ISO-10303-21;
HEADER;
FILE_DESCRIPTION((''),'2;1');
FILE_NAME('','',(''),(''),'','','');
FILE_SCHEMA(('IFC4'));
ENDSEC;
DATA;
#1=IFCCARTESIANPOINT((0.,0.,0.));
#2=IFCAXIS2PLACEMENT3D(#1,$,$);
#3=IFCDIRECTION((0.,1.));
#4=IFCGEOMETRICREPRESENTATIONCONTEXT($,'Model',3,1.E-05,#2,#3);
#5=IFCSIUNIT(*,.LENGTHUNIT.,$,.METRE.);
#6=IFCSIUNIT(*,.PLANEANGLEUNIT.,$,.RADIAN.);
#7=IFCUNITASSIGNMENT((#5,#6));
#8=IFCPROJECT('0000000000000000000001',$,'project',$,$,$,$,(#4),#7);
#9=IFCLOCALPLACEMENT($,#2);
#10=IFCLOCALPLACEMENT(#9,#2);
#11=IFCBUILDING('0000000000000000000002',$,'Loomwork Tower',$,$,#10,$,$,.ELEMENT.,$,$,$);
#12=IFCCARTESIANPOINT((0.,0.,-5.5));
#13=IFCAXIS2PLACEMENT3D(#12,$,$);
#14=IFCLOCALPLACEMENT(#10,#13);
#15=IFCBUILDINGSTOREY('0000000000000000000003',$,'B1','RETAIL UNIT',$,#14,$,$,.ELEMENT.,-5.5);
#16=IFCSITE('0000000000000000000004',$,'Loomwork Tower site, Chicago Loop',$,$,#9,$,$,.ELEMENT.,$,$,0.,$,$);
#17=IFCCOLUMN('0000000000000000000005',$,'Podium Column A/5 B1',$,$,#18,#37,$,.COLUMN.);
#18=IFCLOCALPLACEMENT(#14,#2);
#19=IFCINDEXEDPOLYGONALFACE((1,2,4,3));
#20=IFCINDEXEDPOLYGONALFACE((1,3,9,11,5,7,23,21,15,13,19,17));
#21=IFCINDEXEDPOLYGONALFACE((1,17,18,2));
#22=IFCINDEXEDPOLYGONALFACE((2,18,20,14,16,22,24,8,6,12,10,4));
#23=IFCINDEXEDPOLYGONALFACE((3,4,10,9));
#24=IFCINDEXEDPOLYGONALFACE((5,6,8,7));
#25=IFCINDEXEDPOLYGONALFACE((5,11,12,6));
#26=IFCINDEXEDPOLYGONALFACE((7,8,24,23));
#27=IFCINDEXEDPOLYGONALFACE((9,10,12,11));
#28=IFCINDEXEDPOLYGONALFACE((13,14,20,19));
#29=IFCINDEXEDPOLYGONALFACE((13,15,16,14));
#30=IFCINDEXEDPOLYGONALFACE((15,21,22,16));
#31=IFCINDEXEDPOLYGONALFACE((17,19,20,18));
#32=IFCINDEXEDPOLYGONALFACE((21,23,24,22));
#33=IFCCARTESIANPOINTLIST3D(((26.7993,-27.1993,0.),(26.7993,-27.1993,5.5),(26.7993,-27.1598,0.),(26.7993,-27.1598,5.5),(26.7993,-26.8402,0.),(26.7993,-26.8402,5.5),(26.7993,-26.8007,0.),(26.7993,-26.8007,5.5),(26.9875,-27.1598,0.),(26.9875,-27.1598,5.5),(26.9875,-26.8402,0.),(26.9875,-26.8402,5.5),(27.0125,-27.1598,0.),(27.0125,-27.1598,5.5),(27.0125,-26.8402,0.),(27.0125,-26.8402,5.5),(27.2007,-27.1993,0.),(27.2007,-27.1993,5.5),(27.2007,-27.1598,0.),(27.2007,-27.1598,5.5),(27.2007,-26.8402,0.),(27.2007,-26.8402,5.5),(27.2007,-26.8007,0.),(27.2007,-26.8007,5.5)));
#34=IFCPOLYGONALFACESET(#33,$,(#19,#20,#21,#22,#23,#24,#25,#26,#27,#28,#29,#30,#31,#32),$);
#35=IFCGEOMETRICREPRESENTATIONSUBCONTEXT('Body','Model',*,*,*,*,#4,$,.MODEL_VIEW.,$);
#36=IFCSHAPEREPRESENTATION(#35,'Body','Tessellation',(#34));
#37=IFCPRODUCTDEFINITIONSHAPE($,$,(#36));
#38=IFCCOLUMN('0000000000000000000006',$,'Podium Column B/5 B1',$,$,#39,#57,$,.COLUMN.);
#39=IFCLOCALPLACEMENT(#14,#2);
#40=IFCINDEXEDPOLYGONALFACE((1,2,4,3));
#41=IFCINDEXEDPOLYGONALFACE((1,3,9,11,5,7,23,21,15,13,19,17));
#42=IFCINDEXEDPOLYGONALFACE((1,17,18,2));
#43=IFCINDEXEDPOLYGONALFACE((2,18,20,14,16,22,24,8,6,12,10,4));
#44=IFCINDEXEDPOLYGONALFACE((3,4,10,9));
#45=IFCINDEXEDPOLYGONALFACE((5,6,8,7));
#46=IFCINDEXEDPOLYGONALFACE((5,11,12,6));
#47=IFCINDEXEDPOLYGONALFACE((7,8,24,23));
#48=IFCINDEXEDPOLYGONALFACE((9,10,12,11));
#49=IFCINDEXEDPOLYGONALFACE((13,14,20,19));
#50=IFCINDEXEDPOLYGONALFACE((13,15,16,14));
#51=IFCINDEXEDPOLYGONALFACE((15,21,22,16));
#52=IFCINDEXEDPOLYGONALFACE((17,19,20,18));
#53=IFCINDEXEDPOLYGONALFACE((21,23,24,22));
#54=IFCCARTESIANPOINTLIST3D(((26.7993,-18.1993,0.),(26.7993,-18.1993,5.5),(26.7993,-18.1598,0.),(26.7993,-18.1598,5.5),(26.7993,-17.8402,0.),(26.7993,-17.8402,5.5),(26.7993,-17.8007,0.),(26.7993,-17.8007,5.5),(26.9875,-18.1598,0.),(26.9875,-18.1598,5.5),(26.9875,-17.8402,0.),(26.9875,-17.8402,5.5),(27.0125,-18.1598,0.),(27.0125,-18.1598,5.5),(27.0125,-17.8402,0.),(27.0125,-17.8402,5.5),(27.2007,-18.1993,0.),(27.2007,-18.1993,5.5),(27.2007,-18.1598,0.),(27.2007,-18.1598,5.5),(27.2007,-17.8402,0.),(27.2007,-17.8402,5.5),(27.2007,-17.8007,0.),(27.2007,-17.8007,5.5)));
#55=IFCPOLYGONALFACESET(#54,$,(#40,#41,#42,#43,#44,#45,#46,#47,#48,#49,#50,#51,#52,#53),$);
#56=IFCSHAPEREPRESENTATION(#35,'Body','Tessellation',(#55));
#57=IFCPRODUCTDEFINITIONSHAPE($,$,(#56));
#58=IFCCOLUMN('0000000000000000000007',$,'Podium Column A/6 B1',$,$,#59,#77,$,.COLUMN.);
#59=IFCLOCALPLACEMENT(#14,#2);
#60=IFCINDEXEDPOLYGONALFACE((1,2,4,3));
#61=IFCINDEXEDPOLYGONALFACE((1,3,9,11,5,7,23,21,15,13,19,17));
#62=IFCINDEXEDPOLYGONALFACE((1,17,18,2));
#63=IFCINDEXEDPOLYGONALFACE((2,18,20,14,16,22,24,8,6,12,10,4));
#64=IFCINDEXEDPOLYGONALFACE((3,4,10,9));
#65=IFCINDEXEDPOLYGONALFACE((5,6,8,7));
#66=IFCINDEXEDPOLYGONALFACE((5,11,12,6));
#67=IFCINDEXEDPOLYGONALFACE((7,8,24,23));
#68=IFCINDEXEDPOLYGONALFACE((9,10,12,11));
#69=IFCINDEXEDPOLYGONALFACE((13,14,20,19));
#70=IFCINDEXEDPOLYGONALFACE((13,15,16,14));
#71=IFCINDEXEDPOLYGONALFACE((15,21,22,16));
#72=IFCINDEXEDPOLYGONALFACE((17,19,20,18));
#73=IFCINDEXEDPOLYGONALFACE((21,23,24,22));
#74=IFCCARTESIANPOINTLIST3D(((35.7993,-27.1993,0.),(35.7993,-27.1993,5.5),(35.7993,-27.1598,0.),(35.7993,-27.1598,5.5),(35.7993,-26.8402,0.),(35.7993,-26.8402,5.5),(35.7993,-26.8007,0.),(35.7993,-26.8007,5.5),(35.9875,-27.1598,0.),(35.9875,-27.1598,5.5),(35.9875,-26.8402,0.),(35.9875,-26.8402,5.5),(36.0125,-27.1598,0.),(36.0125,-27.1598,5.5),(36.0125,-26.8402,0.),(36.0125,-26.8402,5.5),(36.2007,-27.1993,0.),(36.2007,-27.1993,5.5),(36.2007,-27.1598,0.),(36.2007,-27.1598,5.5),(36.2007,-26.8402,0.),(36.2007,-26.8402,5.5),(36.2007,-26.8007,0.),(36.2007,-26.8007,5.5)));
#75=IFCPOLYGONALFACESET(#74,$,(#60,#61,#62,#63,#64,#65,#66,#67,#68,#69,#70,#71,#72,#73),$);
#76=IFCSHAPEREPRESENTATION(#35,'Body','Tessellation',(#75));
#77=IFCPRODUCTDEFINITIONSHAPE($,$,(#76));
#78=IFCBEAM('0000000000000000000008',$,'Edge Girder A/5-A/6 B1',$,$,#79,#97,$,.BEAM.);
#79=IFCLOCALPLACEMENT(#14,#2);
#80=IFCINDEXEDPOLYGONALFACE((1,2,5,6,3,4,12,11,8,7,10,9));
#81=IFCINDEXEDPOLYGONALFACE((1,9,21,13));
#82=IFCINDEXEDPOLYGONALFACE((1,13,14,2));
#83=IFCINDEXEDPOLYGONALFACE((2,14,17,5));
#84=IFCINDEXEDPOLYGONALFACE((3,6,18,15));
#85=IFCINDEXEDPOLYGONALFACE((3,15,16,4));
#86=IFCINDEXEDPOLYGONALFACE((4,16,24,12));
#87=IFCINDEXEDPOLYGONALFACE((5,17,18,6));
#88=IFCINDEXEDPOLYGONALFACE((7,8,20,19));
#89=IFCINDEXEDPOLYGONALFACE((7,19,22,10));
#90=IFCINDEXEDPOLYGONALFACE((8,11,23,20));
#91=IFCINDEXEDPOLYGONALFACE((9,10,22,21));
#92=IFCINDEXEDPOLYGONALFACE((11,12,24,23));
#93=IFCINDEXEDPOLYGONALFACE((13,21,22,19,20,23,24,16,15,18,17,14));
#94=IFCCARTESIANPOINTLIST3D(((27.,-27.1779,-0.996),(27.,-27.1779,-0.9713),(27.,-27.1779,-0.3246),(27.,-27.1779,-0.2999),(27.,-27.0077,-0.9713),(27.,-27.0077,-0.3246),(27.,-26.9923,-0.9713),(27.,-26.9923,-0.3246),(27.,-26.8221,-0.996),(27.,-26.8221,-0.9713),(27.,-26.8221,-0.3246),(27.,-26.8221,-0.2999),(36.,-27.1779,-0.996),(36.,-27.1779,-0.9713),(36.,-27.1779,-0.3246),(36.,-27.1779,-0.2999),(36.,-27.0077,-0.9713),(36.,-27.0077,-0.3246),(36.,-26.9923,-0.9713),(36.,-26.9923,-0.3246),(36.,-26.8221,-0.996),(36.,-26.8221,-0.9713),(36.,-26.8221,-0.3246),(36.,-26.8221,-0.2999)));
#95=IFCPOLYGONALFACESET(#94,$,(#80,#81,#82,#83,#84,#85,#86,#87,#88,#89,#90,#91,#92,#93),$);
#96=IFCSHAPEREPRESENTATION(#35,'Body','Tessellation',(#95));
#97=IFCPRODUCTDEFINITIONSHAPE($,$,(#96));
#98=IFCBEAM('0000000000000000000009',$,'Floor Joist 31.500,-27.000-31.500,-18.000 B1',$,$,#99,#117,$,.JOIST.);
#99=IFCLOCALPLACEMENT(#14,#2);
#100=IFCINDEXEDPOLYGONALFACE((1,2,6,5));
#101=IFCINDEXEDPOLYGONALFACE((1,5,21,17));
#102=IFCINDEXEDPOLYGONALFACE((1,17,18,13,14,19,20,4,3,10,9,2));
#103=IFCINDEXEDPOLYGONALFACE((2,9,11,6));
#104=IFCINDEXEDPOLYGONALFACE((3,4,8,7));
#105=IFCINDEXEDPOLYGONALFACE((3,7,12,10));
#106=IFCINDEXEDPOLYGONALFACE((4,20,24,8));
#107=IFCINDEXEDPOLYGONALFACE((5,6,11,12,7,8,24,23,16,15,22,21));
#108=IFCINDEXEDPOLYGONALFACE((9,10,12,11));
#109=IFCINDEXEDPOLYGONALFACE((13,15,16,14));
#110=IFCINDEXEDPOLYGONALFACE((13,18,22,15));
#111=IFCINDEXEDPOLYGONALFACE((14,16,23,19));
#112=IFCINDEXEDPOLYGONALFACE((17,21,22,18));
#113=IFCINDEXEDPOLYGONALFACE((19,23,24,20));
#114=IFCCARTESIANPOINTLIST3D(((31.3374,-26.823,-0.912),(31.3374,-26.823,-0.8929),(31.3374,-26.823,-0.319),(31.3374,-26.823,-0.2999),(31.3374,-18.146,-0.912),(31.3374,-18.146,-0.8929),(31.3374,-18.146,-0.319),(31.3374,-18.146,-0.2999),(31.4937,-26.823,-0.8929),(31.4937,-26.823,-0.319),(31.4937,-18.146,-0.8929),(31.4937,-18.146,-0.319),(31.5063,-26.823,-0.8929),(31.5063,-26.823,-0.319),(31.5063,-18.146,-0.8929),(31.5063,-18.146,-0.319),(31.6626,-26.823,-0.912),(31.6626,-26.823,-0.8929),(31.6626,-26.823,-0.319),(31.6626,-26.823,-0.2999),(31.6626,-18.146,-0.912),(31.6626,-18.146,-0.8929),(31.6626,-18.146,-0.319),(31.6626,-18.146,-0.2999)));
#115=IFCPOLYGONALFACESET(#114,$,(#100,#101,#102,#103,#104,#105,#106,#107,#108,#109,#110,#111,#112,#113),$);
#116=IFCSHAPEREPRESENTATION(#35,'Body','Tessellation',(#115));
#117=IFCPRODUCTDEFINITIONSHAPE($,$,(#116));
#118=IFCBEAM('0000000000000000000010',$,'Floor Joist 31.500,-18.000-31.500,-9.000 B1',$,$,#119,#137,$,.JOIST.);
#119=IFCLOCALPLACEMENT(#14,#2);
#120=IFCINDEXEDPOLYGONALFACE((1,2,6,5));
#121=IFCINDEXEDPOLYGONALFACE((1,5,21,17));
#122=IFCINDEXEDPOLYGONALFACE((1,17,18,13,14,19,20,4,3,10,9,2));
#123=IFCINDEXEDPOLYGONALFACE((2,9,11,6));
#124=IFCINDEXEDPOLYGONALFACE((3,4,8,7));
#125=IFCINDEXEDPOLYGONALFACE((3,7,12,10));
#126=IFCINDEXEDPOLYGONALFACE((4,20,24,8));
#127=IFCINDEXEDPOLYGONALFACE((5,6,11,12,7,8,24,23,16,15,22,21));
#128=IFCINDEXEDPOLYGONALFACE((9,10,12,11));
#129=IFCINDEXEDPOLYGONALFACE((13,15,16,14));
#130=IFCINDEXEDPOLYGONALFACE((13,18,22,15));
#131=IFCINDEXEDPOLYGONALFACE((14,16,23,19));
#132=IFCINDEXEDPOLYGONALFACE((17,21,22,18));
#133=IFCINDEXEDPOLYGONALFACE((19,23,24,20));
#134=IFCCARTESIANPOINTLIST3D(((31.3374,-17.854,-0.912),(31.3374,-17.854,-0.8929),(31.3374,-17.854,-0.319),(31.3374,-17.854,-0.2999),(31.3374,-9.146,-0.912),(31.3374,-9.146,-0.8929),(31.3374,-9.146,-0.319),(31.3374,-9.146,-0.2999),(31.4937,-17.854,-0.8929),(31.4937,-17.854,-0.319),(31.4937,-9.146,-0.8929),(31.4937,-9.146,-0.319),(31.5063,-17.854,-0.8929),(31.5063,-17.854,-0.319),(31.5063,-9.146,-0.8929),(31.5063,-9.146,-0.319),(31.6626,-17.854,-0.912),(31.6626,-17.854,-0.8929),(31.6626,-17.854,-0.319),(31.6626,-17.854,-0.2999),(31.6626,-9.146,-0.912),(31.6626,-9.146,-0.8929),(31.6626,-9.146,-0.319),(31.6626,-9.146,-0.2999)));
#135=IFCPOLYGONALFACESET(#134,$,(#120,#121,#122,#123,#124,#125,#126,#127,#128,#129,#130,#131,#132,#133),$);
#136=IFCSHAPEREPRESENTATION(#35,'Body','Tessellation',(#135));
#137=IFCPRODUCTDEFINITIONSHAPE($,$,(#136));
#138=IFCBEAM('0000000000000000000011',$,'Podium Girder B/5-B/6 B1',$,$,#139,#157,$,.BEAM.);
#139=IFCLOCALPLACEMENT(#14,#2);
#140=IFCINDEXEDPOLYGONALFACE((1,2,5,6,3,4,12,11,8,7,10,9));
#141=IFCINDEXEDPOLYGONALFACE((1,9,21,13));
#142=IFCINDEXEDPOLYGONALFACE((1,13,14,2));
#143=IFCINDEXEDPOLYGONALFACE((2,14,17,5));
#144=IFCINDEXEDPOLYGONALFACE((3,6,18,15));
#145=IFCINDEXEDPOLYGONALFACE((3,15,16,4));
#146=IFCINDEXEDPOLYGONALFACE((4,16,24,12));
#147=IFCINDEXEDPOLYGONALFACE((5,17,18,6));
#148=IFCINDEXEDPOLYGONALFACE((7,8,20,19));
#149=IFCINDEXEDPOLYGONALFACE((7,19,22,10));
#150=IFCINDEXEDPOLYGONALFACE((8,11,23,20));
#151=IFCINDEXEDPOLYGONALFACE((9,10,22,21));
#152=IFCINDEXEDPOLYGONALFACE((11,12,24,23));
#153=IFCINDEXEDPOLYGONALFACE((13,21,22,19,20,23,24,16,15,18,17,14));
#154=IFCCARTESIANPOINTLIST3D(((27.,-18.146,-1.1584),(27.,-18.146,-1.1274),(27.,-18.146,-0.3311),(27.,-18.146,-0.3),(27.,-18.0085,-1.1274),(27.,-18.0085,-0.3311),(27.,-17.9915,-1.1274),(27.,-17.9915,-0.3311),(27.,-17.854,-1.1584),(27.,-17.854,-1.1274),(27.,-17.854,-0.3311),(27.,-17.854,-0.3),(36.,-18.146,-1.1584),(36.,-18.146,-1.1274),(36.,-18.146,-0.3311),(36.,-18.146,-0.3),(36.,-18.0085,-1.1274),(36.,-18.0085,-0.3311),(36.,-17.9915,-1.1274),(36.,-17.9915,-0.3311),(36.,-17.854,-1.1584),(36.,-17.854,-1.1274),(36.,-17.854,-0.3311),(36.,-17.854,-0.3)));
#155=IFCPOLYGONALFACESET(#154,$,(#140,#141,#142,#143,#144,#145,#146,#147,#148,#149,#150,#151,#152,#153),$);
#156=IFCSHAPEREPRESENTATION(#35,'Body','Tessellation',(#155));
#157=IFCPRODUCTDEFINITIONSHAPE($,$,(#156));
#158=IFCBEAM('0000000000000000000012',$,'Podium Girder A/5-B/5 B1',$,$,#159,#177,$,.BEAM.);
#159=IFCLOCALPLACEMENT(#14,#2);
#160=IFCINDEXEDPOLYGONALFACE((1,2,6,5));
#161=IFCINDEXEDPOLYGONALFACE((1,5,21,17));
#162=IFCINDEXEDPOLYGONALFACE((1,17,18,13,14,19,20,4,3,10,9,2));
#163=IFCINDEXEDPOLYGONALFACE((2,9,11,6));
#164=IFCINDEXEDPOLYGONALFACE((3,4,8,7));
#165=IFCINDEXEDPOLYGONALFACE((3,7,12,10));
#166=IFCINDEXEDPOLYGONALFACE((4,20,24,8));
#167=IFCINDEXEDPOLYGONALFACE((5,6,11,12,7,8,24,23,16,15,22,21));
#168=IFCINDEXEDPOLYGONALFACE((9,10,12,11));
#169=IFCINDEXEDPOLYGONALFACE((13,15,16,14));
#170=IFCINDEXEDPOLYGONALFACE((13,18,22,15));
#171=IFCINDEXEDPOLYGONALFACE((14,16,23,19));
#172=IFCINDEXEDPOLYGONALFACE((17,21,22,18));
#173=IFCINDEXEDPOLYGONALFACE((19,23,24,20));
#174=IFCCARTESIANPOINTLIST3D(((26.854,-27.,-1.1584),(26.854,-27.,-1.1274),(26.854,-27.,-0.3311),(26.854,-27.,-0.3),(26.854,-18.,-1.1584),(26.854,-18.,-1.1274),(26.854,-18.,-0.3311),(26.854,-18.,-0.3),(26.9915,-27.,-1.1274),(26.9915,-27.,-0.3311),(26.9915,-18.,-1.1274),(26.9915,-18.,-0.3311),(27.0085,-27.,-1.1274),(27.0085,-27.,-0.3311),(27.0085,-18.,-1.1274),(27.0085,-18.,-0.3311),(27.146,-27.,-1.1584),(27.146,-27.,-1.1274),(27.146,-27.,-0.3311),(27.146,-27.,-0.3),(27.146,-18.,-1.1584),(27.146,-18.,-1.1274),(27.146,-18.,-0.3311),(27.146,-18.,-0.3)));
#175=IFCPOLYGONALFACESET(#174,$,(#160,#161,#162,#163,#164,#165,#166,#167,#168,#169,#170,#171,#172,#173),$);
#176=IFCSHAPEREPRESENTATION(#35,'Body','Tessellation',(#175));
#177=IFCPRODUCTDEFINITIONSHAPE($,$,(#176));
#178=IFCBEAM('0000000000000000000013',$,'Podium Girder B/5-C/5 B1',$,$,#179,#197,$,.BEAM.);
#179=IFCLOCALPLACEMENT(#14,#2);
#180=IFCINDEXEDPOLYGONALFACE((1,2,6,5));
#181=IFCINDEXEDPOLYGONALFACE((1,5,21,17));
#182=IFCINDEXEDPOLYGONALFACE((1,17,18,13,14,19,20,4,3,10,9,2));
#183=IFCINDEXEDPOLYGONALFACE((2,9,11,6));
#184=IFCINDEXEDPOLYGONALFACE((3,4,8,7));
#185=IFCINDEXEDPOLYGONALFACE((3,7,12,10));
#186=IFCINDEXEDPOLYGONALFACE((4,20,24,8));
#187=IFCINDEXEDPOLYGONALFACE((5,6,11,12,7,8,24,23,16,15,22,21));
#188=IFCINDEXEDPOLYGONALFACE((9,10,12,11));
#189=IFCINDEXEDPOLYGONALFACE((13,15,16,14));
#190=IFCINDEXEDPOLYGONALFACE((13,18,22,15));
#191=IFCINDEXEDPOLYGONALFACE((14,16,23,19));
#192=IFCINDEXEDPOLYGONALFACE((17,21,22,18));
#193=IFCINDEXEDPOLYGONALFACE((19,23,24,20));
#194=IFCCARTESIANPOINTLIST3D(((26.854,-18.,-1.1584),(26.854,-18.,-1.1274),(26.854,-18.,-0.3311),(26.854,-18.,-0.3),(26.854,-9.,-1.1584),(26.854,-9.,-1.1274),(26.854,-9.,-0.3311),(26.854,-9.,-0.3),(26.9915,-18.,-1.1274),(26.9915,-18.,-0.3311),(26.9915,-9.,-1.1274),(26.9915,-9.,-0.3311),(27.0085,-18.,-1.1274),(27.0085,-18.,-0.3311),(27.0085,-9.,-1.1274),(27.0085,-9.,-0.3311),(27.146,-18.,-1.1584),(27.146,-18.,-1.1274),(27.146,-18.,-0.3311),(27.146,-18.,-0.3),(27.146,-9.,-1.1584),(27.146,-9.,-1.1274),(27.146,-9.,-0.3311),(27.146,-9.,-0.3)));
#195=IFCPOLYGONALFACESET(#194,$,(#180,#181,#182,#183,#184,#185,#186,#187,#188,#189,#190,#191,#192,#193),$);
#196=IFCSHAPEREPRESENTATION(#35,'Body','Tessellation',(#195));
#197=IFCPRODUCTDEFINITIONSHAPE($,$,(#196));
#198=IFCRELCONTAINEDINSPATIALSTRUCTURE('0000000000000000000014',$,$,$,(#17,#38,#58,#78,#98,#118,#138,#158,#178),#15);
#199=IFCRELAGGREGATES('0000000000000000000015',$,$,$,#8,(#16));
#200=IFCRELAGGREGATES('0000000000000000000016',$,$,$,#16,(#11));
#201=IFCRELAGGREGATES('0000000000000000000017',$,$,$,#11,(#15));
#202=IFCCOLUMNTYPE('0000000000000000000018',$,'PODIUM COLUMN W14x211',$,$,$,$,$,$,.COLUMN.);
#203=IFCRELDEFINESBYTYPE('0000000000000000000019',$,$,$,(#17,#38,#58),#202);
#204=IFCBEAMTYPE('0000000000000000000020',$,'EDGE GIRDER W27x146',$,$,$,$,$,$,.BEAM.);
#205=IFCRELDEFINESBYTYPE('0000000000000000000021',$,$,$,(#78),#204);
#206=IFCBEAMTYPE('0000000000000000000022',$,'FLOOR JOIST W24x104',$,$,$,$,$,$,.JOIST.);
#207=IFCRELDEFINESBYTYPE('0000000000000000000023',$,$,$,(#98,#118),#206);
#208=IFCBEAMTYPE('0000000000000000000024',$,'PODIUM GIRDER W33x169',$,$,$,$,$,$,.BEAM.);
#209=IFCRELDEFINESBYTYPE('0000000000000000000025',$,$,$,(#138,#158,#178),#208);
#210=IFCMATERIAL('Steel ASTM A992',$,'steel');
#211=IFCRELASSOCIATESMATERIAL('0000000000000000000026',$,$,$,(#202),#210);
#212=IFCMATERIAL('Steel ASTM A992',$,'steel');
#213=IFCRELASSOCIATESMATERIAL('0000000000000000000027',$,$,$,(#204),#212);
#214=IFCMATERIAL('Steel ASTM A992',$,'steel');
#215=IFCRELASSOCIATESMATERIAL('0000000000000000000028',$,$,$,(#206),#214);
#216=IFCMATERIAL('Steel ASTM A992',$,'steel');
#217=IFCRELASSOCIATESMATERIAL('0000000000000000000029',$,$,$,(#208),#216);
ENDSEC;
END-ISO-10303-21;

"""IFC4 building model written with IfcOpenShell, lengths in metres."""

from ifc_helpers import new_model, si_unit, direction, frame, origin, origin_2d, place, context, subcontext, project, spatial, i_section, extrude, material, material_profile, profile_set, type_object, element, save


model = new_model("IFC4")

# Units and contexts
model_context = context("Model", 3, precision=1e-05, world=origin(), true_north=direction((0.0, 1.0)))
body_context = subcontext(model_context, "Body", "Model", "MODEL_VIEW")
ifc_project = project(units=[si_unit("LENGTHUNIT", "METRE"), si_unit("PLANEANGLEUNIT", "RADIAN")], contexts=[model_context])

# Site, building, storey
site_placement = place(None, origin())
site = spatial("IfcSite", under=ifc_project, at=site_placement, Name="Loomwork Tower site, Chicago Loop", CompositionType="ELEMENT", RefElevation=0.0)
building_placement = place(site_placement, origin())
building = spatial("IfcBuilding", under=site, at=building_placement, Name="Loomwork Tower", CompositionType="ELEMENT")
storey_placement = place(building_placement, frame((0.0, 0.0, -5.5)))
storey = spatial("IfcBuildingStorey", under=building, at=storey_placement, Name="B1", Description="RETAIL UNIT", CompositionType="ELEMENT", Elevation=-5.5)

# Columns
ifc_material_1 = material(Name="Steel ASTM A992", Category="steel")
ifc_material_profile_1 = material_profile(ifc_material_1, i_section(OverallWidth=0.4014, OverallDepth=0.3987, WebThickness=0.0249, FlangeThickness=0.0396, at=origin_2d()), Name="W14x211")
ifc_profile_set_1 = profile_set([ifc_material_profile_1], Name="Steel ASTM A992")
column_type = type_object("IfcColumnType", Name="PODIUM COLUMN W14x211", PredefinedType="COLUMN", material=ifc_profile_set_1)
for number, where, z_axis, x_axis, name in (
    (1, (27.0, -27.0, 0.0), (0.0, 0.0, 1.0), (1.0, 0.0, 0.0), "Podium Column A/5 B1"),
    (2, (27.0, -18.0, 0.0), (0.0, 0.0, 1.0), (1.0, 0.0, 0.0), "Podium Column B/5 B1"),
    (3, (36.0, -27.0, 0.0), (0.0, 0.0, 1.0), (1.0, 0.0, 0.0), "Podium Column A/6 B1"),
):
    element("IfcColumn", number, at=place(storey_placement, frame(where, z_axis=z_axis, x_axis=x_axis)), inside=storey, type_object=column_type, Name=name, PredefinedType="COLUMN", context=body_context, shape_type="SweptSolid", body=[
        extrude(i_section(OverallWidth=0.4014, OverallDepth=0.3987, WebThickness=0.0249, FlangeThickness=0.0396, at=origin_2d()), origin(), (0.0, 0.0, 1.0), 5.5),
    ])

# Beams
ifc_material_2 = material(Name="Steel ASTM A992", Category="steel")
ifc_material_profile_2 = material_profile(ifc_material_2, i_section(OverallWidth=0.3557, OverallDepth=0.696, WebThickness=0.0154, FlangeThickness=0.0247, at=origin_2d()), Name="W27x146")
ifc_profile_set_2 = profile_set([ifc_material_profile_2], Name="Steel ASTM A992")
beam_type_1 = type_object("IfcBeamType", Name="EDGE GIRDER W27x146", PredefinedType="BEAM", material=ifc_profile_set_2)
beam_1_placement = place(storey_placement, frame((27.0, -27.0, -0.6479), z_axis=(1.0, 0.0, 0.0), x_axis=(0.0, 1.0, 0.0)))
element("IfcBeam", 4, at=beam_1_placement, inside=storey, type_object=beam_type_1, Name="Edge Girder A/5-A/6 B1", PredefinedType="BEAM", context=body_context, shape_type="SweptSolid", body=[
    extrude(i_section(OverallWidth=0.3557, OverallDepth=0.696, WebThickness=0.0154, FlangeThickness=0.0247, at=origin_2d()), origin(), (0.0, 0.0, 1.0), 9.0),
])
ifc_material_3 = material(Name="Steel ASTM A992", Category="steel")
ifc_material_profile_3 = material_profile(ifc_material_3, i_section(OverallWidth=0.3252, OverallDepth=0.6121, WebThickness=0.0127, FlangeThickness=0.019, at=origin_2d()), Name="W24x104")
ifc_profile_set_3 = profile_set([ifc_material_profile_3], Name="Steel ASTM A992")
beam_type_2 = type_object("IfcBeamType", Name="FLOOR JOIST W24x104", PredefinedType="JOIST", material=ifc_profile_set_3)
beam_2_placement = place(storey_placement, frame((31.5, -26.823, -0.606), z_axis=(0.0, 1.0, 0.0), x_axis=(-1.0, 0.0, 0.0)))
element("IfcBeam", 5, at=beam_2_placement, inside=storey, type_object=beam_type_2, Name="Floor Joist 31.500,-27.000-31.500,-18.000 B1", PredefinedType="JOIST", context=body_context, shape_type="SweptSolid", body=[
    extrude(i_section(OverallWidth=0.3252, OverallDepth=0.6121, WebThickness=0.0127, FlangeThickness=0.019, at=origin_2d()), origin(), (0.0, 0.0, 1.0), 8.677),
])
beam_3_placement = place(storey_placement, frame((31.5, -17.854, -0.606), z_axis=(0.0, 1.0, 0.0), x_axis=(-1.0, 0.0, 0.0)))
element("IfcBeam", 6, at=beam_3_placement, inside=storey, type_object=beam_type_2, Name="Floor Joist 31.500,-18.000-31.500,-9.000 B1", PredefinedType="JOIST", context=body_context, shape_type="SweptSolid", body=[
    extrude(i_section(OverallWidth=0.3252, OverallDepth=0.6121, WebThickness=0.0127, FlangeThickness=0.019, at=origin_2d()), origin(), (0.0, 0.0, 1.0), 8.708),
])
ifc_material_4 = material(Name="Steel ASTM A992", Category="steel")
ifc_material_profile_4 = material_profile(ifc_material_4, i_section(OverallWidth=0.292, OverallDepth=0.8584, WebThickness=0.0171, FlangeThickness=0.031, at=origin_2d()), Name="W33x169")
ifc_profile_set_4 = profile_set([ifc_material_profile_4], Name="Steel ASTM A992")
beam_type_3 = type_object("IfcBeamType", Name="PODIUM GIRDER W33x169", PredefinedType="BEAM", material=ifc_profile_set_4)
for number, where, z_axis, x_axis, name in (
    (7, (27.0, -18.0, -0.7292), (1.0, 0.0, 0.0), (0.0, 1.0, 0.0), "Podium Girder B/5-B/6 B1"),
    (8, (27.0, -27.0, -0.7292), (0.0, 1.0, 0.0), (-1.0, 0.0, 0.0), "Podium Girder A/5-B/5 B1"),
    (9, (27.0, -18.0, -0.7292), (0.0, 1.0, 0.0), (-1.0, 0.0, 0.0), "Podium Girder B/5-C/5 B1"),
):
    element("IfcBeam", number, at=place(storey_placement, frame(where, z_axis=z_axis, x_axis=x_axis)), inside=storey, type_object=beam_type_3, Name=name, PredefinedType="BEAM", context=body_context, shape_type="SweptSolid", body=[
        extrude(i_section(OverallWidth=0.292, OverallDepth=0.8584, WebThickness=0.0171, FlangeThickness=0.031, at=origin_2d()), origin(), (0.0, 0.0, 1.0), 9.0),
    ])

save(model, "model.ifc")
